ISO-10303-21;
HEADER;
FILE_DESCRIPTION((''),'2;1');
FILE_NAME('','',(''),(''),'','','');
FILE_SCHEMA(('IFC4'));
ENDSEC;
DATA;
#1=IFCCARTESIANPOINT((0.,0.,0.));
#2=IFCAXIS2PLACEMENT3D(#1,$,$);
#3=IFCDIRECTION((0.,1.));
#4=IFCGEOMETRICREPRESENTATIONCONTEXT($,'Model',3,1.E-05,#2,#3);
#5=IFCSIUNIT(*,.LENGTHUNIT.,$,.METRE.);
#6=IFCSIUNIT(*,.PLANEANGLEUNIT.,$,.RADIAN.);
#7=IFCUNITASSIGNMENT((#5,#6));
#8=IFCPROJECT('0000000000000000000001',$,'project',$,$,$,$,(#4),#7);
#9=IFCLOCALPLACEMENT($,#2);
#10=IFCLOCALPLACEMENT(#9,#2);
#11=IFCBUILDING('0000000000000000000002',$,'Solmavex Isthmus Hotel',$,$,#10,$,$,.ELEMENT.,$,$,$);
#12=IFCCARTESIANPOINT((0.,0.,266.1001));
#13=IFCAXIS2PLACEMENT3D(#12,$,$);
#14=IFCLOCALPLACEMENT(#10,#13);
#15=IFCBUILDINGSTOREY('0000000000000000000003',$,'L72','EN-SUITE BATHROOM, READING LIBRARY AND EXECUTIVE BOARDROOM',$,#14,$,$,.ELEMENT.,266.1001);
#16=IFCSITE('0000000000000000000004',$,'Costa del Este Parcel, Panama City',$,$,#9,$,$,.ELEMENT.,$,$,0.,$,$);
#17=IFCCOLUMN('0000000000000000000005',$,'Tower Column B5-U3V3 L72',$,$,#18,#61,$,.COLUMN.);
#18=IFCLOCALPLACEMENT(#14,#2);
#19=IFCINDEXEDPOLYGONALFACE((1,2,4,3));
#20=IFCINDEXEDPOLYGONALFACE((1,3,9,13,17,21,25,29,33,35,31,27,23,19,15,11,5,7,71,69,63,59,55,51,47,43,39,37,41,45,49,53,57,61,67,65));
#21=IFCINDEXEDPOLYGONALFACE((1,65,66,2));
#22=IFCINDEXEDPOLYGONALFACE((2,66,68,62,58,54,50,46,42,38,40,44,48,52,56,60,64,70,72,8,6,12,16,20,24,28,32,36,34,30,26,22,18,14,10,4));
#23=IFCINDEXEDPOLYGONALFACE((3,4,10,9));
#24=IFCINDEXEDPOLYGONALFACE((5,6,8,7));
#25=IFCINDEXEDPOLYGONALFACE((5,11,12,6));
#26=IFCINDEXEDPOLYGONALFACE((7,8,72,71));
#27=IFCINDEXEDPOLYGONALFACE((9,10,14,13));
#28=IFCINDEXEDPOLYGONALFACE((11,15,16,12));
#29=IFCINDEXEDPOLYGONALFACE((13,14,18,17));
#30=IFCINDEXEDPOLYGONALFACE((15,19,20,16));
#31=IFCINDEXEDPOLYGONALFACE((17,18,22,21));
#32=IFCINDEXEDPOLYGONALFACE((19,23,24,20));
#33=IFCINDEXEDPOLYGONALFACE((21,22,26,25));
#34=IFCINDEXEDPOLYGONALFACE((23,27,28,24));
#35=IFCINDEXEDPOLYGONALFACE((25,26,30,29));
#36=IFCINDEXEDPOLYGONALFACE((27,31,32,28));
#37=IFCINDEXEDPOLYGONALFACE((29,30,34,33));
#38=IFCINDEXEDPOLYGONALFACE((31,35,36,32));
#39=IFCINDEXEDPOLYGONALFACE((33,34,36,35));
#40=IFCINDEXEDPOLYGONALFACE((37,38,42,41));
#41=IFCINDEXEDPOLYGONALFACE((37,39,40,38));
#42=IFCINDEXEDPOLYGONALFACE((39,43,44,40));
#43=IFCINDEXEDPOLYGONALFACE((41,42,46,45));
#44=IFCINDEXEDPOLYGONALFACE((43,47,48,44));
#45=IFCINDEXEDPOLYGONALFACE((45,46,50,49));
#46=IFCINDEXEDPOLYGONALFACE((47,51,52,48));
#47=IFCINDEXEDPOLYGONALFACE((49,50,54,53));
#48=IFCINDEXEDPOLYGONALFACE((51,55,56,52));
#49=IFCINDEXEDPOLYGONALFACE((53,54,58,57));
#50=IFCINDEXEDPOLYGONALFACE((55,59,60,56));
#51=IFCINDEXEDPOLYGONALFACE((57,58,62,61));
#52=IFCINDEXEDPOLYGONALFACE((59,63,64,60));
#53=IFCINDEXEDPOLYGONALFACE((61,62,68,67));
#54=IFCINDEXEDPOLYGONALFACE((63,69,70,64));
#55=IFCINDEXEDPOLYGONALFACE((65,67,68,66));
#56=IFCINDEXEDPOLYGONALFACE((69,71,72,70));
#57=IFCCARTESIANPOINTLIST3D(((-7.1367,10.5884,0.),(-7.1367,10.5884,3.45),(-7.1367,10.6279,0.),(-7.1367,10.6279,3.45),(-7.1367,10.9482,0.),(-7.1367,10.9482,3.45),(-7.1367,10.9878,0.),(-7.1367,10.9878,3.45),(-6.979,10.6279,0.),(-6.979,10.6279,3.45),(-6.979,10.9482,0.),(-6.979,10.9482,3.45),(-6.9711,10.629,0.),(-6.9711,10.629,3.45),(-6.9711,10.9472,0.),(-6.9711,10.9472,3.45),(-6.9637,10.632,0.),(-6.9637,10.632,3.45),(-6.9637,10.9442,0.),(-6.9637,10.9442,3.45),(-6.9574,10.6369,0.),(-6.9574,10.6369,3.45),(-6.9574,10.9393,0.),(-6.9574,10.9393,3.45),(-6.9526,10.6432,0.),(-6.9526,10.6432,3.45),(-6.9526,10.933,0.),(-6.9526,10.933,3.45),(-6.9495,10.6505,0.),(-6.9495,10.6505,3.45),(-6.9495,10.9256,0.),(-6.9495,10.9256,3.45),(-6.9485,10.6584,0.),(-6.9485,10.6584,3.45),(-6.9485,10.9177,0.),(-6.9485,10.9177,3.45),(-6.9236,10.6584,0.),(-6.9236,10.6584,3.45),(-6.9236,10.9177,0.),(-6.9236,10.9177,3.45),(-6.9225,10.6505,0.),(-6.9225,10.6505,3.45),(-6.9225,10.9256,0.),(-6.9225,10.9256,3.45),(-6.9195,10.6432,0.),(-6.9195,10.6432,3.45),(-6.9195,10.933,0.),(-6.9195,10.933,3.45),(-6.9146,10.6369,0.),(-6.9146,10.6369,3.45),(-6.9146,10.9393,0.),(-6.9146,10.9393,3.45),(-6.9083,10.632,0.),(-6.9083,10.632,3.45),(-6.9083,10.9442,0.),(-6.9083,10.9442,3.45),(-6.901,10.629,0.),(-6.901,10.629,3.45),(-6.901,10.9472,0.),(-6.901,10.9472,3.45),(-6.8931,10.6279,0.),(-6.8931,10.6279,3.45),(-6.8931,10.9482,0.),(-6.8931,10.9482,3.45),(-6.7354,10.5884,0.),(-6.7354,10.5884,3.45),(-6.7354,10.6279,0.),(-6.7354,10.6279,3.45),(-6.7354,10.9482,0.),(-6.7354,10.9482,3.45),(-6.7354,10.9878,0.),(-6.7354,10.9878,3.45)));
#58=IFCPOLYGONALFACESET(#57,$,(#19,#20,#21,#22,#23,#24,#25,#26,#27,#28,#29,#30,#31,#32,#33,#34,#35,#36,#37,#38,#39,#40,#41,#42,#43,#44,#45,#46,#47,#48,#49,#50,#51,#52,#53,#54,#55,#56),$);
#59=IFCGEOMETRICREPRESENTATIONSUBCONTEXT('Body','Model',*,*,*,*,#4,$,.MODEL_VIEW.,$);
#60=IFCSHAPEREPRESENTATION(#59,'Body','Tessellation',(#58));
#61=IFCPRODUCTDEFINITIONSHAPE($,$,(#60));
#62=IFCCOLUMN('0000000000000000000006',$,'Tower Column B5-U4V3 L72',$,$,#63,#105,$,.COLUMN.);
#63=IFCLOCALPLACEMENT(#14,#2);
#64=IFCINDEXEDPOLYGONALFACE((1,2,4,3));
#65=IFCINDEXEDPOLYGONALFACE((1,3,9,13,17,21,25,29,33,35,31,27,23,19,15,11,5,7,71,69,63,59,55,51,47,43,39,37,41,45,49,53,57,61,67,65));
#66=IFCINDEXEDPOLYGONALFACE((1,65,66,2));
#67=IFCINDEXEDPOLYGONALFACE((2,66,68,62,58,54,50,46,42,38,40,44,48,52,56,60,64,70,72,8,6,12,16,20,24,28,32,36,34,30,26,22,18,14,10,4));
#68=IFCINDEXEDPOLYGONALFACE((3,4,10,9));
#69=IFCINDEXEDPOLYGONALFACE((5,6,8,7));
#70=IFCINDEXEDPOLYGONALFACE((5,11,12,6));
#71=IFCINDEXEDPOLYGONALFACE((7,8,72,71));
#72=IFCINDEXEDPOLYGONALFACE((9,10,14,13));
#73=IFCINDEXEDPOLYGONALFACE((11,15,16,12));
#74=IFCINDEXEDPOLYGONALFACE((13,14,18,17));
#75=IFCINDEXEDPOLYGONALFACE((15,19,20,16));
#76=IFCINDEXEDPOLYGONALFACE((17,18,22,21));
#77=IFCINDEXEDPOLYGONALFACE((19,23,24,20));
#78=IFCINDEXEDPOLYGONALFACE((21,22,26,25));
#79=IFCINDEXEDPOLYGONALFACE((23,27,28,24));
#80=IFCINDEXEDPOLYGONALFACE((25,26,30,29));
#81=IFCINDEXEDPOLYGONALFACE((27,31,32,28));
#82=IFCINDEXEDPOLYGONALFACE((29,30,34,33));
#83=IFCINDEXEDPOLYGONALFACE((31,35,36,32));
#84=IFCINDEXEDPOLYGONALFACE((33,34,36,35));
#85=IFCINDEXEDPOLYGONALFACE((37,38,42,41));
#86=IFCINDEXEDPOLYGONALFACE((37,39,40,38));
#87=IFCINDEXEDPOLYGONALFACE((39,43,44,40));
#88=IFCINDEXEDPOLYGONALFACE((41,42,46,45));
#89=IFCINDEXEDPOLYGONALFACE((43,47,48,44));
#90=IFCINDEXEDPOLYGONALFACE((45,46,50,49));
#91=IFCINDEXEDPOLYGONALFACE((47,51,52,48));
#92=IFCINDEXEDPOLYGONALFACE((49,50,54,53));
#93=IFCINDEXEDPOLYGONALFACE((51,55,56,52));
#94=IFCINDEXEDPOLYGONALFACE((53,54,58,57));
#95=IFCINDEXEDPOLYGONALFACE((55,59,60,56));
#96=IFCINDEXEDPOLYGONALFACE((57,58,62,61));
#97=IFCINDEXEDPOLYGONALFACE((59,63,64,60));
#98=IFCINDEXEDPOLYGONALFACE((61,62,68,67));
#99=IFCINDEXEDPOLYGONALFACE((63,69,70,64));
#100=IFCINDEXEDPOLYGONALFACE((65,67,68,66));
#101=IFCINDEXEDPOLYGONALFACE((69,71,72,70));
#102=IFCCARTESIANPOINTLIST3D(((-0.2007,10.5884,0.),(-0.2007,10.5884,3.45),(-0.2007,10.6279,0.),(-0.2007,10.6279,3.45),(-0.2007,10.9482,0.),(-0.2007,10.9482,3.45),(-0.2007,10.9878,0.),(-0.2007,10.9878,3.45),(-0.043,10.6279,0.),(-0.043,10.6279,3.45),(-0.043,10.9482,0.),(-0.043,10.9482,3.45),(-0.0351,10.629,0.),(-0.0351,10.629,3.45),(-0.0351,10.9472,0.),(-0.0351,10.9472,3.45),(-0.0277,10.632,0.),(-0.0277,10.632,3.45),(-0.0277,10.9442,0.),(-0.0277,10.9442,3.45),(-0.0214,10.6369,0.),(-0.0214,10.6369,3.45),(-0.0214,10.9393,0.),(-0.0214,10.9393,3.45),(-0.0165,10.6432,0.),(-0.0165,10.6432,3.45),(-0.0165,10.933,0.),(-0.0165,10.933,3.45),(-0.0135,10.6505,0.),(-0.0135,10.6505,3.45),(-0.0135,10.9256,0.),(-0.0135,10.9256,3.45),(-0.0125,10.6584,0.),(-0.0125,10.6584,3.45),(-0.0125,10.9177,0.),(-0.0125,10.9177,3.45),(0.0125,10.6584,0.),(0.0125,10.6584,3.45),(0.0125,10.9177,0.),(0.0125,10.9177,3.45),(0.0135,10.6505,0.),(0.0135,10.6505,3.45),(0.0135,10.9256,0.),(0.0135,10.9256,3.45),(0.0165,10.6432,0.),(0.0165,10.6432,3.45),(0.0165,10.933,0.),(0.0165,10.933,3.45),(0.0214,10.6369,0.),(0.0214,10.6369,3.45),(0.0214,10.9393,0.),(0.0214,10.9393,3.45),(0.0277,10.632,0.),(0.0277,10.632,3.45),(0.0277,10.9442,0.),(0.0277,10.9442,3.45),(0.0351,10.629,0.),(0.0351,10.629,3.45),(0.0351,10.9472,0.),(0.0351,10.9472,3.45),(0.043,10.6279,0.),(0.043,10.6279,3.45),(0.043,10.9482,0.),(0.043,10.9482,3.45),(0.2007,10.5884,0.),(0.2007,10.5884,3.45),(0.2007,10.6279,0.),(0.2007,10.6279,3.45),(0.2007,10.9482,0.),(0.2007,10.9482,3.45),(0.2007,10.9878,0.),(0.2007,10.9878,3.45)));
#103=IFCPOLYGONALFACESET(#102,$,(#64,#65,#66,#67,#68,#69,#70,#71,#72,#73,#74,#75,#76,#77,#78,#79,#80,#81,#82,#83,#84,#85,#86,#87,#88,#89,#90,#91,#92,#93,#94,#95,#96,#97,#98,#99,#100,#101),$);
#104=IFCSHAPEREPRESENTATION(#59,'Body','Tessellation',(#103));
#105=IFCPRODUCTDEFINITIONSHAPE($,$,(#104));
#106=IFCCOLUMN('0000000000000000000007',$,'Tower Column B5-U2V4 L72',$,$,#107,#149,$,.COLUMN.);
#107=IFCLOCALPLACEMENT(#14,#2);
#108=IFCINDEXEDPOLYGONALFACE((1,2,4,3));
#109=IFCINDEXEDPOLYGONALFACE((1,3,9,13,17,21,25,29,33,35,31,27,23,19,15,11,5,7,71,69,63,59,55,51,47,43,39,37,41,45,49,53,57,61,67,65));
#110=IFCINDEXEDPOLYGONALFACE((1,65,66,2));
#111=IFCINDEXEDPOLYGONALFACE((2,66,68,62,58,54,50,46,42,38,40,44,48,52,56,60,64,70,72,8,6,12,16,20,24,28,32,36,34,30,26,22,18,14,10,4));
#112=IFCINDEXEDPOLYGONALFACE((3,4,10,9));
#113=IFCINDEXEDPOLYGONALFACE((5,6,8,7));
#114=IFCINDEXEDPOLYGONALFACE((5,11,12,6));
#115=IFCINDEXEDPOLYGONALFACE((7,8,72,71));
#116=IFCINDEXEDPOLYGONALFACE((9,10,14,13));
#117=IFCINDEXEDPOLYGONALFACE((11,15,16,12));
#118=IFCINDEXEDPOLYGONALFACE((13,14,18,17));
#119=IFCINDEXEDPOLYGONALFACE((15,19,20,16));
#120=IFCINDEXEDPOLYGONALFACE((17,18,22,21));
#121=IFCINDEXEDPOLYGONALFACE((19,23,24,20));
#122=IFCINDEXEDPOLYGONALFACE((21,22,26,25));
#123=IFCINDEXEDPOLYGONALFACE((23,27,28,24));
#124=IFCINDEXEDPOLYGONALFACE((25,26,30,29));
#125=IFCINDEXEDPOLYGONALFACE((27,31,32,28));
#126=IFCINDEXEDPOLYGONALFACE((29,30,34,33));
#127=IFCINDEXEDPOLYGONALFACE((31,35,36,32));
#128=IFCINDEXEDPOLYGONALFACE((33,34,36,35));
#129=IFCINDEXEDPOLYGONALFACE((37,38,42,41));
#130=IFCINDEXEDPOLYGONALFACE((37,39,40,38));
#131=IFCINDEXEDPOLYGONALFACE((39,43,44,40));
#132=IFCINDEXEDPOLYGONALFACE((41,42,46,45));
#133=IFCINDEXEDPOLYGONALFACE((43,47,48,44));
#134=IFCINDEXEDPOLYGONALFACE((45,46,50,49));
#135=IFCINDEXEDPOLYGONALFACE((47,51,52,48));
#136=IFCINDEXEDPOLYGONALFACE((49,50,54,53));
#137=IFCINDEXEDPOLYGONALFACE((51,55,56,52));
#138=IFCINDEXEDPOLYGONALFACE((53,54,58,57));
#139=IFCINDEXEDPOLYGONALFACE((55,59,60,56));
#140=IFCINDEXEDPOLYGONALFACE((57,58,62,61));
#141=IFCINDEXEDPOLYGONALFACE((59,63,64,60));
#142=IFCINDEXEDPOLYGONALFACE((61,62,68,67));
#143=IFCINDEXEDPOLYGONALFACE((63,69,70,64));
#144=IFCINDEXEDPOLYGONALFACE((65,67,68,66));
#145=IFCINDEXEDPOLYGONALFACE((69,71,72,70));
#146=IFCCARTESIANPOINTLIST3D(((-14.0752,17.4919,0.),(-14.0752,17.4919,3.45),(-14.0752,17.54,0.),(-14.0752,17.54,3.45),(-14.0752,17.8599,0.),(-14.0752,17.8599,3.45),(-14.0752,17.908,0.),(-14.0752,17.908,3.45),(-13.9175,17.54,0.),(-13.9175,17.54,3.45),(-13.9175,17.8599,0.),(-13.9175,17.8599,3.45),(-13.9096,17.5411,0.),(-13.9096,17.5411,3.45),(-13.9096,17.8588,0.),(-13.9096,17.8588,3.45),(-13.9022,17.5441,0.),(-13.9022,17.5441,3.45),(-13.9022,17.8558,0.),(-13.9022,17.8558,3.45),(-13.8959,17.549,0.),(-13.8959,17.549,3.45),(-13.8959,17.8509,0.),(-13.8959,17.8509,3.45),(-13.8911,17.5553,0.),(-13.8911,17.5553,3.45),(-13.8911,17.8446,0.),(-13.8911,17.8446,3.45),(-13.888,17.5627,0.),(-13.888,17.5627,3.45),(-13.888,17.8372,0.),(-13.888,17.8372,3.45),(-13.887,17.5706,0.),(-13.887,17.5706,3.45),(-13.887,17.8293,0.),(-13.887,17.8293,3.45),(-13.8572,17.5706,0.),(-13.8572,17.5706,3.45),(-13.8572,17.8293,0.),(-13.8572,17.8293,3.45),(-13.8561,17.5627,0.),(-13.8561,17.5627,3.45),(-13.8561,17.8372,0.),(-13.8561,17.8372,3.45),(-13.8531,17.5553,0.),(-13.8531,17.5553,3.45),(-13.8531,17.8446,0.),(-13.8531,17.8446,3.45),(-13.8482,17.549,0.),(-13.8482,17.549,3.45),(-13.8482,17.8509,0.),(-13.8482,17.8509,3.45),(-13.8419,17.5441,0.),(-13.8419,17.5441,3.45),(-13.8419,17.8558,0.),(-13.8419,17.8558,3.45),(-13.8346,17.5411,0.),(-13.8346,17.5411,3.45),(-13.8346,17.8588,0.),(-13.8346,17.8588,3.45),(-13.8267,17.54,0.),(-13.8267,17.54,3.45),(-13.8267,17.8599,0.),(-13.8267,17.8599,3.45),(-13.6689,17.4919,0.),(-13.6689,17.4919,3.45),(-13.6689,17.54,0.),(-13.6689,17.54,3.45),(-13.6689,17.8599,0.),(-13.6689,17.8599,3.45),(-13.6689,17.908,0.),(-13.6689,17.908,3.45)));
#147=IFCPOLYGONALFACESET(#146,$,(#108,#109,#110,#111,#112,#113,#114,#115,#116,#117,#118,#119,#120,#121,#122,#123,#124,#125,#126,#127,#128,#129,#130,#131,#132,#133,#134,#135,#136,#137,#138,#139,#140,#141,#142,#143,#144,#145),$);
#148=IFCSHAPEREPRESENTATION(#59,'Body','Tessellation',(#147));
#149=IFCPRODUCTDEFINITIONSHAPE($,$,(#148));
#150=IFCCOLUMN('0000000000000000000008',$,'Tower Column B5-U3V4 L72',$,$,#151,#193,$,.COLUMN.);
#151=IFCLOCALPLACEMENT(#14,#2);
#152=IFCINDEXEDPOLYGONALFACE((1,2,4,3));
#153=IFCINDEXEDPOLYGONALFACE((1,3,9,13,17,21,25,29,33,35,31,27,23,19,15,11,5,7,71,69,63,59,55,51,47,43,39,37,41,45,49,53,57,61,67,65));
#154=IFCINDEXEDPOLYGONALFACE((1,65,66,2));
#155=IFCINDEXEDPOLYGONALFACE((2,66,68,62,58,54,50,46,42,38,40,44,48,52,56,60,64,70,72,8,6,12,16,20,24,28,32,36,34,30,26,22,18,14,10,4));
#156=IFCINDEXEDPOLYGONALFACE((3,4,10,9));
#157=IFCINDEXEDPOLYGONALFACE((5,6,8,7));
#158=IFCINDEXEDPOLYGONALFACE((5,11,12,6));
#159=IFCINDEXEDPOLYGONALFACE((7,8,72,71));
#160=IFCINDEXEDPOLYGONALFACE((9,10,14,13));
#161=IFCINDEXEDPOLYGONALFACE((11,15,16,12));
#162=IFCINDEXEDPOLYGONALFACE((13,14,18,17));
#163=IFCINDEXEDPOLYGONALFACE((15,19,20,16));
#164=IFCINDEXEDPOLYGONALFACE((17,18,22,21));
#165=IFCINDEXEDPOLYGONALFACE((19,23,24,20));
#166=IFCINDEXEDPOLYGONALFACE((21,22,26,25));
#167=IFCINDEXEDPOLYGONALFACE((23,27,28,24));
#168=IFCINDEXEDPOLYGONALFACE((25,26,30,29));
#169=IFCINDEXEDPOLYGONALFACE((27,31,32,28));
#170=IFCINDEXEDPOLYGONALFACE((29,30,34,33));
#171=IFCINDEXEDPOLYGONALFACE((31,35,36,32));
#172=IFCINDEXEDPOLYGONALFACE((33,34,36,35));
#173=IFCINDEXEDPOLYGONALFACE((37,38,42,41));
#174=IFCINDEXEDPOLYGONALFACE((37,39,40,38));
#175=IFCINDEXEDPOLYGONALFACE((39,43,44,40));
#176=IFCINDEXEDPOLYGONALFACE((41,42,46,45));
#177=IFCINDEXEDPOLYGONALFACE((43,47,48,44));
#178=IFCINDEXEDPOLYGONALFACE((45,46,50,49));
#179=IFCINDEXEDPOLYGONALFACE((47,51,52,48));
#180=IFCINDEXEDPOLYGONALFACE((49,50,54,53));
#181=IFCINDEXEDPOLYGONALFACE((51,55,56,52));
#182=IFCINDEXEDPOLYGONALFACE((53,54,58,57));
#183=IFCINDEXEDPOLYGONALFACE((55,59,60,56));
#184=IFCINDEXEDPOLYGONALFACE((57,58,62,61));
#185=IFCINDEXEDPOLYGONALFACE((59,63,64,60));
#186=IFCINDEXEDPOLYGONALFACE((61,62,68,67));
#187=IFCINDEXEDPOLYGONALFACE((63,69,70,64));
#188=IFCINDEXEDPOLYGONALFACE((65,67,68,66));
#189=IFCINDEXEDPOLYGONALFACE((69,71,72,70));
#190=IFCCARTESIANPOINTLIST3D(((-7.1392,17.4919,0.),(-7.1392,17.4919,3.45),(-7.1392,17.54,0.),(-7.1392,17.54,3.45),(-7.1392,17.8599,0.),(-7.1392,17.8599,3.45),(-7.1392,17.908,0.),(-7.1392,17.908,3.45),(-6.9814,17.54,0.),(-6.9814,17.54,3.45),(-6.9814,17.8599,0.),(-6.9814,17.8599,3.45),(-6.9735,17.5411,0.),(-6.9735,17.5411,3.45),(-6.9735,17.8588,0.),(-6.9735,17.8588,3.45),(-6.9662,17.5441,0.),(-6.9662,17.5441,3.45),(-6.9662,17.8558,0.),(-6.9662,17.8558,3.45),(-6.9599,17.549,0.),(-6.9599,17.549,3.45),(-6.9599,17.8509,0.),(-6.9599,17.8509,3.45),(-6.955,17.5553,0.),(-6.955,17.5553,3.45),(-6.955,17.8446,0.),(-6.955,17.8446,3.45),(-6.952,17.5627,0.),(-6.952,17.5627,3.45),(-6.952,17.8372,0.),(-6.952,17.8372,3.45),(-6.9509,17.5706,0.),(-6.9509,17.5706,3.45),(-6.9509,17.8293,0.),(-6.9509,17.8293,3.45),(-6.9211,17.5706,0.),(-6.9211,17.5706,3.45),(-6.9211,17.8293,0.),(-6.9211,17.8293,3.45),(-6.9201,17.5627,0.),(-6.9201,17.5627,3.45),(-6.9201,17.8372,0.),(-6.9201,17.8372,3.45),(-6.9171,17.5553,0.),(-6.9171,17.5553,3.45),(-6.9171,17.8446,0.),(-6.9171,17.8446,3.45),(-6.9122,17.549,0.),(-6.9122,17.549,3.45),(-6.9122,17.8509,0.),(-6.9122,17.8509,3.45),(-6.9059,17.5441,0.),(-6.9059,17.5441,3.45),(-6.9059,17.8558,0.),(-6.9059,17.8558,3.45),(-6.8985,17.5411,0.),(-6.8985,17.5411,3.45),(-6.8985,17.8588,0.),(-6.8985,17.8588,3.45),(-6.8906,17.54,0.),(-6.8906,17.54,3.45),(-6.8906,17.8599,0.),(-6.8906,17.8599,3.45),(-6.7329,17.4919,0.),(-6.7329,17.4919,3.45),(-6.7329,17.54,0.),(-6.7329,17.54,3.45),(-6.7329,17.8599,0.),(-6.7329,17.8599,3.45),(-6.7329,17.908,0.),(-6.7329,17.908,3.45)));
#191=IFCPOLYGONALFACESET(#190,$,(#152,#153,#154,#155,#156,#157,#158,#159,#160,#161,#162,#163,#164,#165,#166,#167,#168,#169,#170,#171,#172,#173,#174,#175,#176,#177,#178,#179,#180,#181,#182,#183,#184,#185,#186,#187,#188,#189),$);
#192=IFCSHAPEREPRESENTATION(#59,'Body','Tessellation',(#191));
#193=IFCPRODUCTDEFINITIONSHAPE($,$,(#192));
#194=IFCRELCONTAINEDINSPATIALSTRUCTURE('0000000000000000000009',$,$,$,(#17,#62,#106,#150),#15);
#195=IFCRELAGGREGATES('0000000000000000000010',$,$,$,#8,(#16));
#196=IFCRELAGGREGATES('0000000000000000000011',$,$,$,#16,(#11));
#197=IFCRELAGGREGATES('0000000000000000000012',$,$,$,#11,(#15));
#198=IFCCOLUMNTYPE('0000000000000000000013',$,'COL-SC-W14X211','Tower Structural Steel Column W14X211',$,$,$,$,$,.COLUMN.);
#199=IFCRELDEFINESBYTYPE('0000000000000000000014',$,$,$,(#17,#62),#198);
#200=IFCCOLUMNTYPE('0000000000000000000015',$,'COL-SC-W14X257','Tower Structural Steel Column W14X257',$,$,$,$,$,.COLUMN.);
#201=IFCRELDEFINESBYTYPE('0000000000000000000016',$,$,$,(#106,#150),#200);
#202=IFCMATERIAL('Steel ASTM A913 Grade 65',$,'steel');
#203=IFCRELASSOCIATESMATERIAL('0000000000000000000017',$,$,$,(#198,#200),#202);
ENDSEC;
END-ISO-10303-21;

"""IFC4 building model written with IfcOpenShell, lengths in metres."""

from ifc_helpers import new_model, si_unit, direction, frame, origin, origin_2d, place, context, subcontext, project, spatial, i_section, extrude, material, material_profile, profile_set, type_object, element, save


model = new_model("IFC4")

# Units and contexts
model_context = context("Model", 3, precision=1e-05, world=origin(), true_north=direction((0.0, 1.0)))
body_context = subcontext(model_context, "Body", "Model", "MODEL_VIEW")
ifc_project = project(units=[si_unit("LENGTHUNIT", "METRE"), si_unit("PLANEANGLEUNIT", "RADIAN")], contexts=[model_context])

# Site, building, storey
site_placement = place(None, origin())
site = spatial("IfcSite", under=ifc_project, at=site_placement, Name="Costa del Este Parcel, Panama City", CompositionType="ELEMENT", RefElevation=0.0)
building_placement = place(site_placement, origin())
building = spatial("IfcBuilding", under=site, at=building_placement, Name="Solmavex Isthmus Hotel", CompositionType="ELEMENT")
storey_placement = place(building_placement, frame((0.0, 0.0, 266.1001)))
storey = spatial("IfcBuildingStorey", under=building, at=storey_placement, Name="L72", Description="EN-SUITE BATHROOM, READING LIBRARY AND EXECUTIVE BOARDROOM", CompositionType="ELEMENT", Elevation=266.1001)

# Columns
ifc_material_1 = material(Name="Steel ASTM A913 Grade 65", Category="steel")
ifc_material_profile_1 = material_profile(ifc_material_1, i_section(OverallWidth=0.4014, OverallDepth=0.3994, WebThickness=0.0249, FlangeThickness=0.0396, FilletRadius=0.0305, at=origin_2d()), Name="W14X211")
ifc_profile_set_1 = profile_set([ifc_material_profile_1], Name="Steel ASTM A913 Grade 65")
column_type_1 = type_object("IfcColumnType", Name="COL-SC-W14X211", Description="Tower Structural Steel Column W14X211", PredefinedType="COLUMN", material=ifc_profile_set_1)
for number, where, z_axis, x_axis, name in (
    (1, (-6.936, 10.7881, 0.0), (0.0, 0.0, 1.0), (1.0, 0.0, 0.0), "Tower Column B5-U3V3 L72"),
    (2, (0.0, 10.7881, 0.0), (0.0, 0.0, 1.0), (1.0, 0.0, 0.0), "Tower Column B5-U4V3 L72"),
):
    element("IfcColumn", number, at=place(storey_placement, frame(where, z_axis=z_axis, x_axis=x_axis)), inside=storey, type_object=column_type_1, Name=name, PredefinedType="COLUMN", context=body_context, shape_type="SweptSolid", body=[
        extrude(i_section(OverallWidth=0.4014, OverallDepth=0.3994, WebThickness=0.0249, FlangeThickness=0.0396, FilletRadius=0.0305, at=origin_2d()), origin(), (0.0, 0.0, 1.0), 3.45),
    ])
ifc_material_profile_2 = material_profile(ifc_material_1, i_section(OverallWidth=0.4062, OverallDepth=0.416, WebThickness=0.0298, FlangeThickness=0.0481, FilletRadius=0.0305, at=origin_2d()), Name="W14X257")
ifc_profile_set_2 = profile_set([ifc_material_profile_2], Name="Steel ASTM A913 Grade 65")
column_type_2 = type_object("IfcColumnType", Name="COL-SC-W14X257", Description="Tower Structural Steel Column W14X257", PredefinedType="COLUMN", material=ifc_profile_set_2)
for number, where, z_axis, x_axis, name in (
    (3, (-13.8721, 17.7, 0.0), (0.0, 0.0, 1.0), (1.0, 0.0, 0.0), "Tower Column B5-U2V4 L72"),
    (4, (-6.936, 17.7, 0.0), (0.0, 0.0, 1.0), (1.0, 0.0, 0.0), "Tower Column B5-U3V4 L72"),
):
    element("IfcColumn", number, at=place(storey_placement, frame(where, z_axis=z_axis, x_axis=x_axis)), inside=storey, type_object=column_type_2, Name=name, PredefinedType="COLUMN", context=body_context, shape_type="SweptSolid", body=[
        extrude(i_section(OverallWidth=0.4062, OverallDepth=0.416, WebThickness=0.0298, FlangeThickness=0.0481, FilletRadius=0.0305, at=origin_2d()), origin(), (0.0, 0.0, 1.0), 3.45),
    ])

save(model, "model.ifc")
